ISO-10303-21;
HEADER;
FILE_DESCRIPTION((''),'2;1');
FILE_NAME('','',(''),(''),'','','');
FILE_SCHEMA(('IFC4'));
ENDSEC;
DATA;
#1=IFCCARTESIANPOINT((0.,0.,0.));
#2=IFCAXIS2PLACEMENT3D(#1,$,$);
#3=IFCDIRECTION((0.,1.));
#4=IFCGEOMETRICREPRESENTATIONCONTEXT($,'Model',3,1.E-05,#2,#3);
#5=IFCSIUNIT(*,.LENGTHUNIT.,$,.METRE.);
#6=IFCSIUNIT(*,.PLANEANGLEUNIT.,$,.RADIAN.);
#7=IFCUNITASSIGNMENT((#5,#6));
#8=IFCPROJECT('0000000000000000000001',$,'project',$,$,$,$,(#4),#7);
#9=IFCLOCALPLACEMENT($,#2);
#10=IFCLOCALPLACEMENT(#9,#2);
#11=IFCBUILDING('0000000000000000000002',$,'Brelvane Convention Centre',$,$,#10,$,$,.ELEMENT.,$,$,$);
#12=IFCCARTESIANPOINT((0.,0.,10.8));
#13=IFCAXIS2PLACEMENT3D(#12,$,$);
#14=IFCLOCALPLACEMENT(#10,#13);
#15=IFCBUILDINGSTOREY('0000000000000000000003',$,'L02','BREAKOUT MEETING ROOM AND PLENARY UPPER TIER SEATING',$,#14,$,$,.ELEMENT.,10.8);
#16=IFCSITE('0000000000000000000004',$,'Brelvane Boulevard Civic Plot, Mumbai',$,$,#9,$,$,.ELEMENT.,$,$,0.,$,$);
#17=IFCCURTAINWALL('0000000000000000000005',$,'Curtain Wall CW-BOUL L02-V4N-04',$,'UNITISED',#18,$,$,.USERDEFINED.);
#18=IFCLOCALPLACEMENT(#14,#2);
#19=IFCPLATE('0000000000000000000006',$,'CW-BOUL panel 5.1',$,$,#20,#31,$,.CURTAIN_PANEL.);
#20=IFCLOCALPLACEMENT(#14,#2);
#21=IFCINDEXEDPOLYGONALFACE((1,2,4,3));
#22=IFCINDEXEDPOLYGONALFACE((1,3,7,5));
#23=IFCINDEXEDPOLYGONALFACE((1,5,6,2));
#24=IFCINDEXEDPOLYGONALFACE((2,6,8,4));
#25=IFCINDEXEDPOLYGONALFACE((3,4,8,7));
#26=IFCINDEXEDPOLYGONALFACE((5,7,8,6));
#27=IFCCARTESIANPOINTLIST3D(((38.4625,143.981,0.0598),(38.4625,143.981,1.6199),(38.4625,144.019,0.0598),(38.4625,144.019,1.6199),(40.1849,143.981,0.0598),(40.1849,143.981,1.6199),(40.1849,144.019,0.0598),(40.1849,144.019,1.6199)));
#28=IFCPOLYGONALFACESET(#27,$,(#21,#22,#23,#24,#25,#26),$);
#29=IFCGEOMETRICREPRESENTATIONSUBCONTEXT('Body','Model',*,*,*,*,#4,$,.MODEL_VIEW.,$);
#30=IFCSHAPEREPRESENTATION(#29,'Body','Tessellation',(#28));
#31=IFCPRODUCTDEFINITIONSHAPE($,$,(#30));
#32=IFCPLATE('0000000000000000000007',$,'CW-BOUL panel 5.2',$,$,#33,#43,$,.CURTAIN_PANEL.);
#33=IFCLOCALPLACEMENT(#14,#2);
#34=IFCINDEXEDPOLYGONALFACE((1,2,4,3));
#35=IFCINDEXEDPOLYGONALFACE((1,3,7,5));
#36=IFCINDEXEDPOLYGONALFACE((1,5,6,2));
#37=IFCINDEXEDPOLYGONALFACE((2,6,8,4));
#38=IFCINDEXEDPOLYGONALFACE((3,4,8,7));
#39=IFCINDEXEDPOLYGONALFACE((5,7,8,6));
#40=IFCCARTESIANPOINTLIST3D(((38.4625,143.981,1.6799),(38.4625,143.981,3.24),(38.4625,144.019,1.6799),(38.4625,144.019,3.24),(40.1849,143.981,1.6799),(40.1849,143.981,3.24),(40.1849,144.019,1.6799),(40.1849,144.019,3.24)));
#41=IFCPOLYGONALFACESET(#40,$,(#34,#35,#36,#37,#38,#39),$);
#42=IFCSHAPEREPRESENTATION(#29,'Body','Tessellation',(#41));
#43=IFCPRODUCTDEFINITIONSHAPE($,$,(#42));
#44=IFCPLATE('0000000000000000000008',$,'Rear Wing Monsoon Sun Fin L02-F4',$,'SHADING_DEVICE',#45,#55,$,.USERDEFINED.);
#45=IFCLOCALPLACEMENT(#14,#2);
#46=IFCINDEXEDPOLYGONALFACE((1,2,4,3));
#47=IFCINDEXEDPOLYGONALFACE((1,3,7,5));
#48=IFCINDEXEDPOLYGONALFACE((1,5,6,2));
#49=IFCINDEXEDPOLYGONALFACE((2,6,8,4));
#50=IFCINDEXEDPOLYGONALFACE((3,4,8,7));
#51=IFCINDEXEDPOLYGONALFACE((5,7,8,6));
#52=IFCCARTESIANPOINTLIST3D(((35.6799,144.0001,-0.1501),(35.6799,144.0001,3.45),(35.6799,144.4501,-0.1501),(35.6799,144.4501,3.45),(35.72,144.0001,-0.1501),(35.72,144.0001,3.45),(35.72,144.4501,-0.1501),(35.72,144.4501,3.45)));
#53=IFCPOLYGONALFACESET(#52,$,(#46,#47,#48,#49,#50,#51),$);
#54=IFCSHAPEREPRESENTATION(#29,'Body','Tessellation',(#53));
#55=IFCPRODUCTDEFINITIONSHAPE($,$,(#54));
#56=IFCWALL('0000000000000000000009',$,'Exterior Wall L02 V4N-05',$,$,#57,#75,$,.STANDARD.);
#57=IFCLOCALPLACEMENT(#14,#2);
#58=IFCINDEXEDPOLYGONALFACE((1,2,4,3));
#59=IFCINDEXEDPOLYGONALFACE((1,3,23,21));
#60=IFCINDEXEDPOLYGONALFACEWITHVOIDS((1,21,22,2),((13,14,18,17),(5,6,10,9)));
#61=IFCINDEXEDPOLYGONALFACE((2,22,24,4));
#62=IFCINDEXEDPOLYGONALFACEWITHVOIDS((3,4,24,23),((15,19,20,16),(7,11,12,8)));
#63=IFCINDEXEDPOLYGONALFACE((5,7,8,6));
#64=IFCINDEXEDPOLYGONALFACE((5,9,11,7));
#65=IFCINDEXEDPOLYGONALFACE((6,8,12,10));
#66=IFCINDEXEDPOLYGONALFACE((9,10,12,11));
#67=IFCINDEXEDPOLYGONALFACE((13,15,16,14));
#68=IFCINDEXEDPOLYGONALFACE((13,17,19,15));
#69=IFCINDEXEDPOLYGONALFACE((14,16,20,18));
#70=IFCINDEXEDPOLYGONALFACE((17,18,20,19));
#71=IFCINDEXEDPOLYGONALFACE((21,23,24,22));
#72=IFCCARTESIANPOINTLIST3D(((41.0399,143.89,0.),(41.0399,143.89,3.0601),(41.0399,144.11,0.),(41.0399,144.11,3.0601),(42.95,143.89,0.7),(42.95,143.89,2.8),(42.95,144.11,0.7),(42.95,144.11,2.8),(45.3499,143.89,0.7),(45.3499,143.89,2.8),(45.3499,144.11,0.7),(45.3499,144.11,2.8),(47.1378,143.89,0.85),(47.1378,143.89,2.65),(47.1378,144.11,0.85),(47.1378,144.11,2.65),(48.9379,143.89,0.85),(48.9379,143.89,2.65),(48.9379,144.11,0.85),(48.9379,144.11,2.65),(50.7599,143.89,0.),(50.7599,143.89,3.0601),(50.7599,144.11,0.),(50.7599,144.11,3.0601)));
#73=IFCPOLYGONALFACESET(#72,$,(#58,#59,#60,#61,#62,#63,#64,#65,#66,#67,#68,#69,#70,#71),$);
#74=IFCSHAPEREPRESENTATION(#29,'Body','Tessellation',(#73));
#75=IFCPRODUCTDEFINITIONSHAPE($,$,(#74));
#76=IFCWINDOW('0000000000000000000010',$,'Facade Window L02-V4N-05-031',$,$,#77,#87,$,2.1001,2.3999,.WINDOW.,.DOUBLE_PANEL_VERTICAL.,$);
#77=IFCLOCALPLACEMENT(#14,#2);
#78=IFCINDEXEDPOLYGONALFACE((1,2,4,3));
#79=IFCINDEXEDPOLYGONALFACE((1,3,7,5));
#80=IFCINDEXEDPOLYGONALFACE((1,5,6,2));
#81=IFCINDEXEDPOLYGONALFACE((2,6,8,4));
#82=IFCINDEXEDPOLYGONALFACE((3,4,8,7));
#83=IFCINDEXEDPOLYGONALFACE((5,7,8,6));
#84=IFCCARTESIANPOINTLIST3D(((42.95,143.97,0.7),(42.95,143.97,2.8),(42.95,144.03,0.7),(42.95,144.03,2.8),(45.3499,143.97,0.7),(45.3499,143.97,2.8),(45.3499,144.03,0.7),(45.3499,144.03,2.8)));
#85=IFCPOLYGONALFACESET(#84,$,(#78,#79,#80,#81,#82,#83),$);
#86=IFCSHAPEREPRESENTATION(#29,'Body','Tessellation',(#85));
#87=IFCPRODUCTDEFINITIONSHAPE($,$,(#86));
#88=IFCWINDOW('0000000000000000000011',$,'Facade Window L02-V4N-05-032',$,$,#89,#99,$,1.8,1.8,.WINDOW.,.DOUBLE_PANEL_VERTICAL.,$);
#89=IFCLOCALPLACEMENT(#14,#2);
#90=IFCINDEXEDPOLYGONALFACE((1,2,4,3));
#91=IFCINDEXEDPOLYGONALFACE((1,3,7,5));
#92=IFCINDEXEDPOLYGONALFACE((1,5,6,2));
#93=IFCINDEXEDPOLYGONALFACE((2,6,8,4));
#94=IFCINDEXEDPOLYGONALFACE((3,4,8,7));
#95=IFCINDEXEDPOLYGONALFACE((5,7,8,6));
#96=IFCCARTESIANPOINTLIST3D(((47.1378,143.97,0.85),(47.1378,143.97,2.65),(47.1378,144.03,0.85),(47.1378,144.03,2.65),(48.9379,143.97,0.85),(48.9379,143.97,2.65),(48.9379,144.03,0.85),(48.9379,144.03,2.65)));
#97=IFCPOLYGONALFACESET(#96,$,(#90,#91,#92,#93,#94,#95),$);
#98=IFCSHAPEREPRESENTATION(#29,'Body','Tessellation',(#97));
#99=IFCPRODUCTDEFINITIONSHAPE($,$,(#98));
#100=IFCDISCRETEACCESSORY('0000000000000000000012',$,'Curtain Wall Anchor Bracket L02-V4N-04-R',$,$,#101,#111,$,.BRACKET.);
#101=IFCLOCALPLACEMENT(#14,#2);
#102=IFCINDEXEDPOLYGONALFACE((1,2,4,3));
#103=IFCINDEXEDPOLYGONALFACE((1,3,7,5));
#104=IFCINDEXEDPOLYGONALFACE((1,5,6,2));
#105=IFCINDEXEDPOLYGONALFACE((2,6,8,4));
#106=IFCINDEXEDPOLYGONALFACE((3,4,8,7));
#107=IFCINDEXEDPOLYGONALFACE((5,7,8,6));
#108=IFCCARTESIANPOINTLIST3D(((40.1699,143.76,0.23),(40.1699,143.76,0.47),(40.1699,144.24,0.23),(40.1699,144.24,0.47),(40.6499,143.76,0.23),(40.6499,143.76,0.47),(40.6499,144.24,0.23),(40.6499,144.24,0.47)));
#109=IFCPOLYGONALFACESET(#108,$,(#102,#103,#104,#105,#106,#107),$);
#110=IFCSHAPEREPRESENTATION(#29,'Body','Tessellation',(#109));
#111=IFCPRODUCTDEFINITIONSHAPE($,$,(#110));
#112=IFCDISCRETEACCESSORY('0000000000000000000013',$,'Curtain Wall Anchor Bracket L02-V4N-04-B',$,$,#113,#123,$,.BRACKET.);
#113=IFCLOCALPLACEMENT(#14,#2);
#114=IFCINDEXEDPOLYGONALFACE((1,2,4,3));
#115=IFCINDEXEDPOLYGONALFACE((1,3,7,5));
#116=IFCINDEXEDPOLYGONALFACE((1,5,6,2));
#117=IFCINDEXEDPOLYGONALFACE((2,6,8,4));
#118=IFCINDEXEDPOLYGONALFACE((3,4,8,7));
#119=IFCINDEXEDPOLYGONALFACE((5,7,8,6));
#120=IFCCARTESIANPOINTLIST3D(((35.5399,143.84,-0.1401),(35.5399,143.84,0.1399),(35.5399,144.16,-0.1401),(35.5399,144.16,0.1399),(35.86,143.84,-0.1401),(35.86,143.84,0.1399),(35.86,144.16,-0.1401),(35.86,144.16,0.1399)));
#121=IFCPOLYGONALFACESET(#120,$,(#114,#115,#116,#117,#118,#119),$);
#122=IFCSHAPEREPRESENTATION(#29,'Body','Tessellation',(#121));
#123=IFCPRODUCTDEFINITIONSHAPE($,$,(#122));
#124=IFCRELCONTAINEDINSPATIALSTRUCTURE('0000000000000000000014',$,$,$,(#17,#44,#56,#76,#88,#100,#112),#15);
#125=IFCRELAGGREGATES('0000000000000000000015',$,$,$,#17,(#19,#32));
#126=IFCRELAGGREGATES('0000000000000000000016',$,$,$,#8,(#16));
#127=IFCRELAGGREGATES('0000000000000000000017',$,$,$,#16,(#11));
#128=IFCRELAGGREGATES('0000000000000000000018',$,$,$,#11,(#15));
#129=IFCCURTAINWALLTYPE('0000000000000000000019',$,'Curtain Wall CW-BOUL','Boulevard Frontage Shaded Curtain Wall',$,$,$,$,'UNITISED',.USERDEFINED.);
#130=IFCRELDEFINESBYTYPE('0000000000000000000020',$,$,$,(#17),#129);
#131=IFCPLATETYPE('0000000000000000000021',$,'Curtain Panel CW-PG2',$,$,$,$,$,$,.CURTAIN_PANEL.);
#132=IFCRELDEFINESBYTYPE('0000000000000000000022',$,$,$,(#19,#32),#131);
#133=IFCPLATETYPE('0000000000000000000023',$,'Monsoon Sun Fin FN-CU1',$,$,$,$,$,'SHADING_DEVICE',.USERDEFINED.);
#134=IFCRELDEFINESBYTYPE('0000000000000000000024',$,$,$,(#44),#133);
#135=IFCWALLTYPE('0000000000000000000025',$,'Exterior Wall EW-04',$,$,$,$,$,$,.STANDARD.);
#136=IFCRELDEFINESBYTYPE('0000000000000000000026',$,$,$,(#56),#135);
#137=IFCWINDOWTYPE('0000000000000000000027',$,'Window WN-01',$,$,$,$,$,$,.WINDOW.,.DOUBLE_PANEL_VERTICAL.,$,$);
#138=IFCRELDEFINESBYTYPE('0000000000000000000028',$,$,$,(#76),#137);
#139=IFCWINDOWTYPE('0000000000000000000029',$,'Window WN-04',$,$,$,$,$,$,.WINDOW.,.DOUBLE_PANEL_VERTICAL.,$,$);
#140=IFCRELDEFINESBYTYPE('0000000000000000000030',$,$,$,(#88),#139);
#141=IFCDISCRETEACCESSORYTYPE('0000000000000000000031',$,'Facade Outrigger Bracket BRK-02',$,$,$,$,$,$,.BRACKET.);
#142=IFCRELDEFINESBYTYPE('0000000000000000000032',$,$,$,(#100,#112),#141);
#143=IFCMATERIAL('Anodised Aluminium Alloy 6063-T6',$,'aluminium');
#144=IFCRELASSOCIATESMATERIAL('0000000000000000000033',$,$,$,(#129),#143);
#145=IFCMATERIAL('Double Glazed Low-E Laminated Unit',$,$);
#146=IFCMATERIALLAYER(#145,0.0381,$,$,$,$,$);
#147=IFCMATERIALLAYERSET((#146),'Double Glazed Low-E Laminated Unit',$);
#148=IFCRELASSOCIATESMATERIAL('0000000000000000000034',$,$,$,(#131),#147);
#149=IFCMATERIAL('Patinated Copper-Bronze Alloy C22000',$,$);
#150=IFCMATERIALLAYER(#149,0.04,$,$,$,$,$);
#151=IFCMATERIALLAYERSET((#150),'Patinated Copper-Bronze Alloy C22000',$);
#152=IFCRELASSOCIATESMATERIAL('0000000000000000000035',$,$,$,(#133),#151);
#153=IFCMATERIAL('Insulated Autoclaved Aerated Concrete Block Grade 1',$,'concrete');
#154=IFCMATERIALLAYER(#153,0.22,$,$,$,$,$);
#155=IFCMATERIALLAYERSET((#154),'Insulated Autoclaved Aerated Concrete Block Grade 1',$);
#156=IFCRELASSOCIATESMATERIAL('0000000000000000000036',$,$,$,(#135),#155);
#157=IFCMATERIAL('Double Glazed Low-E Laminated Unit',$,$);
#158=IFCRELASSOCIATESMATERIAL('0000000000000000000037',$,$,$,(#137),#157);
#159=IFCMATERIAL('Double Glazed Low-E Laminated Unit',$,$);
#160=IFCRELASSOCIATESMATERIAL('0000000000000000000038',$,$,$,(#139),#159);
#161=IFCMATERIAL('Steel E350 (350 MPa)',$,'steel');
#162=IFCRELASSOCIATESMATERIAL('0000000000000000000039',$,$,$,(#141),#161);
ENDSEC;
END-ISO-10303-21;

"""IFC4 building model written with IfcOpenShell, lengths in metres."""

from ifc_helpers import new_model, si_unit, direction, frame, frame_2d, origin, origin_2d, place, context, subcontext, project, spatial, rectangle, extrude, material, layer, layer_set, type_object, element, fill, aggregate, save


model = new_model("IFC4")

# Units and contexts
model_context = context("Model", 3, precision=1e-05, world=origin(), true_north=direction((0.0, 1.0)))
body_context = subcontext(model_context, "Body", "Model", "MODEL_VIEW")
ifc_project = project(units=[si_unit("LENGTHUNIT", "METRE"), si_unit("PLANEANGLEUNIT", "RADIAN")], contexts=[model_context])

# Site, building, storey
site_placement = place(None, origin())
site = spatial("IfcSite", under=ifc_project, at=site_placement, Name="Brelvane Boulevard Civic Plot, Mumbai", CompositionType="ELEMENT", RefElevation=0.0)
building_placement = place(site_placement, origin())
building = spatial("IfcBuilding", under=site, at=building_placement, Name="Brelvane Convention Centre", CompositionType="ELEMENT")
storey_placement = place(building_placement, frame((0.0, 0.0, 10.8)))
storey = spatial("IfcBuildingStorey", under=building, at=storey_placement, Name="L02", Description="BREAKOUT MEETING ROOM AND PLENARY UPPER TIER SEATING", CompositionType="ELEMENT", Elevation=10.8)

# Curtain wall
ifc_material_1 = material(Name="Anodised Aluminium Alloy 6063-T6", Category="aluminium")
curtain_wall_type = type_object("IfcCurtainWallType", Name="Curtain Wall CW-BOUL", Description="Boulevard Frontage Shaded Curtain Wall", ElementType="UNITISED", PredefinedType="USERDEFINED", material=ifc_material_1)
curtain_wall_placement = place(storey_placement, origin())
curtain_wall = element("IfcCurtainWall", 1, at=curtain_wall_placement, inside=storey, type_object=curtain_wall_type, Name="Curtain Wall CW-BOUL L02-V4N-04", ObjectType="UNITISED", PredefinedType="USERDEFINED")

# Plates
ifc_material_2 = material(Name="Double Glazed Low-E Laminated Unit")
ifc_layer_1 = layer(ifc_material_2, 0.0381)
ifc_layer_set_1 = layer_set([ifc_layer_1], Name="Double Glazed Low-E Laminated Unit")
plate_type_1 = type_object("IfcPlateType", Name="Curtain Panel CW-PG2", PredefinedType="CURTAIN_PANEL", material=ifc_layer_set_1)
plate_1_placement = place(storey_placement, frame((39.3237, 144.0, 0.0598), z_axis=(0.0, 0.0, 1.0), x_axis=(1.0, 0.0, 0.0)))
plate_1 = element("IfcPlate", 2, at=plate_1_placement, type_object=plate_type_1, Name="CW-BOUL panel 5.1", PredefinedType="CURTAIN_PANEL", context=body_context, shape_type="SweptSolid", body=[
    extrude(rectangle(XDim=1.7224, YDim=0.0381, at=origin_2d()), origin(), (0.0, 0.0, 1.0), 1.5601),
])
plate_2_placement = place(storey_placement, frame((39.3237, 144.0, 1.6799), z_axis=(0.0, 0.0, 1.0), x_axis=(1.0, 0.0, 0.0)))
plate_2 = element("IfcPlate", 3, at=plate_2_placement, type_object=plate_type_1, Name="CW-BOUL panel 5.2", PredefinedType="CURTAIN_PANEL", context=body_context, shape_type="SweptSolid", body=[
    extrude(rectangle(XDim=1.7224, YDim=0.0381, at=origin_2d()), origin(), (0.0, 0.0, 1.0), 1.5601),
])
aggregate(curtain_wall, [plate_1, plate_2])
ifc_material_3 = material(Name="Patinated Copper-Bronze Alloy C22000")
ifc_layer_2 = layer(ifc_material_3, 0.04)
ifc_layer_set_2 = layer_set([ifc_layer_2], Name="Patinated Copper-Bronze Alloy C22000")
plate_type_2 = type_object("IfcPlateType", Name="Monsoon Sun Fin FN-CU1", ElementType="SHADING_DEVICE", PredefinedType="USERDEFINED", material=ifc_layer_set_2)
plate_3_placement = place(storey_placement, frame((35.7, 144.2251, -0.1501), z_axis=(0.0, 0.0, 1.0), x_axis=(1.0, 0.0, 0.0)))
element("IfcPlate", 4, at=plate_3_placement, inside=storey, type_object=plate_type_2, Name="Rear Wing Monsoon Sun Fin L02-F4", ObjectType="SHADING_DEVICE", PredefinedType="USERDEFINED", context=body_context, shape_type="SweptSolid", body=[
    extrude(rectangle(XDim=0.04, YDim=0.45, at=origin_2d()), origin(), (0.0, 0.0, 1.0), 3.6001),
])

# Wall, openings, windows
ifc_material_4 = material(Name="Insulated Autoclaved Aerated Concrete Block Grade 1", Category="concrete")
ifc_layer_3 = layer(ifc_material_4, 0.22)
ifc_layer_set_3 = layer_set([ifc_layer_3], Name="Insulated Autoclaved Aerated Concrete Block Grade 1")
wall_type = type_object("IfcWallType", Name="Exterior Wall EW-04", PredefinedType="STANDARD", material=ifc_layer_set_3)
wall_placement = place(storey_placement, frame((41.04, 144.0, 0.0), z_axis=(0.0, 0.0, 1.0), x_axis=(1.0, 0.0, 0.0)))
wall = element("IfcWall", 5, at=wall_placement, inside=storey, type_object=wall_type, Name="Exterior Wall L02 V4N-05", PredefinedType="STANDARD", context=body_context, shape_type="SweptSolid", body=[
    extrude(rectangle(XDim=9.72, YDim=0.22, at=frame_2d((4.8599, 0.0))), origin(), (0.0, 0.0, 1.0), 3.0601),
])
opening_1_placement = place(wall_placement, frame((1.9099, 0.0, 0.7)))
opening_1 = element("IfcOpeningElement", 6, at=opening_1_placement, cuts=wall, PredefinedType="OPENING", context=body_context, shape_type="SweptSolid", body=[
    extrude(rectangle(XDim=2.3999, YDim=2.1001, at=frame_2d((1.2, 1.05))), frame((0.0, 0.1199, 0.0), z_axis=(0.0, -1.0, 0.0), x_axis=(1.0, 0.0, 0.0)), (0.0, 0.0, 1.0), 0.24),
])
opening_2_placement = place(wall_placement, frame((6.0979, 0.0, 0.8501)))
opening_2 = element("IfcOpeningElement", 7, at=opening_2_placement, cuts=wall, PredefinedType="OPENING", context=body_context, shape_type="SweptSolid", body=[
    extrude(rectangle(XDim=1.8, YDim=1.8, at=frame_2d((0.8999, 0.8999))), frame((0.0, 0.1199, 0.0), z_axis=(0.0, -1.0, 0.0), x_axis=(1.0, 0.0, 0.0)), (0.0, 0.0, 1.0), 0.24),
])
ifc_material_5 = material(Name="Double Glazed Low-E Laminated Unit")
window_type_1 = type_object("IfcWindowType", Name="Window WN-01", PartitioningType="DOUBLE_PANEL_VERTICAL", PredefinedType="WINDOW", material=ifc_material_5)
window_1_placement = place(opening_1_placement, origin())
window_1 = element("IfcWindow", 8, at=window_1_placement, inside=storey, type_object=window_type_1, Name="Facade Window L02-V4N-05-031", OverallHeight=2.1001, OverallWidth=2.3999, PartitioningType="DOUBLE_PANEL_VERTICAL", PredefinedType="WINDOW", context=body_context, shape_type="SweptSolid", body=[
    extrude(rectangle(XDim=2.3999, YDim=2.1001, at=frame_2d((1.2, 1.05))), frame((0.0, 0.03, 0.0), z_axis=(0.0, -1.0, 0.0), x_axis=(1.0, 0.0, 0.0)), (0.0, 0.0, 1.0), 0.0601),
])
fill(opening_1, window_1)
ifc_material_6 = material(Name="Double Glazed Low-E Laminated Unit")
window_type_2 = type_object("IfcWindowType", Name="Window WN-04", PartitioningType="DOUBLE_PANEL_VERTICAL", PredefinedType="WINDOW", material=ifc_material_6)
window_2_placement = place(opening_2_placement, origin())
window_2 = element("IfcWindow", 9, at=window_2_placement, inside=storey, type_object=window_type_2, Name="Facade Window L02-V4N-05-032", OverallHeight=1.8, OverallWidth=1.8, PartitioningType="DOUBLE_PANEL_VERTICAL", PredefinedType="WINDOW", context=body_context, shape_type="SweptSolid", body=[
    extrude(rectangle(XDim=1.8, YDim=1.8, at=frame_2d((0.8999, 0.8999))), frame((0.0, 0.03, 0.0), z_axis=(0.0, -1.0, 0.0), x_axis=(1.0, 0.0, 0.0)), (0.0, 0.0, 1.0), 0.0601),
])
fill(opening_2, window_2)

# Discrete accessories
ifc_material_7 = material(Name="Steel E350 (350 MPa)", Category="steel")
discrete_accessory_type = type_object("IfcDiscreteAccessoryType", Name="Facade Outrigger Bracket BRK-02", PredefinedType="BRACKET", material=ifc_material_7)
discrete_accessory_1_placement = place(storey_placement, frame((40.4099, 144.0, 0.23), z_axis=(0.0, 0.0, 1.0), x_axis=(1.0, 0.0, 0.0)))
element("IfcDiscreteAccessory", 10, at=discrete_accessory_1_placement, inside=storey, type_object=discrete_accessory_type, Name="Curtain Wall Anchor Bracket L02-V4N-04-R", PredefinedType="BRACKET", context=body_context, shape_type="SweptSolid", body=[
    extrude(rectangle(XDim=0.48, YDim=0.48, at=origin_2d()), origin(), (0.0, 0.0, 1.0), 0.24),
])
discrete_accessory_2_placement = place(storey_placement, frame((35.7, 144.0, -0.1401), z_axis=(0.0, 0.0, 1.0), x_axis=(1.0, 0.0, 0.0)))
element("IfcDiscreteAccessory", 11, at=discrete_accessory_2_placement, inside=storey, type_object=discrete_accessory_type, Name="Curtain Wall Anchor Bracket L02-V4N-04-B", PredefinedType="BRACKET", context=body_context, shape_type="SweptSolid", body=[
    extrude(rectangle(XDim=0.3201, YDim=0.3201, at=origin_2d()), origin(), (0.0, 0.0, 1.0), 0.28),
])

save(model, "model.ifc")
